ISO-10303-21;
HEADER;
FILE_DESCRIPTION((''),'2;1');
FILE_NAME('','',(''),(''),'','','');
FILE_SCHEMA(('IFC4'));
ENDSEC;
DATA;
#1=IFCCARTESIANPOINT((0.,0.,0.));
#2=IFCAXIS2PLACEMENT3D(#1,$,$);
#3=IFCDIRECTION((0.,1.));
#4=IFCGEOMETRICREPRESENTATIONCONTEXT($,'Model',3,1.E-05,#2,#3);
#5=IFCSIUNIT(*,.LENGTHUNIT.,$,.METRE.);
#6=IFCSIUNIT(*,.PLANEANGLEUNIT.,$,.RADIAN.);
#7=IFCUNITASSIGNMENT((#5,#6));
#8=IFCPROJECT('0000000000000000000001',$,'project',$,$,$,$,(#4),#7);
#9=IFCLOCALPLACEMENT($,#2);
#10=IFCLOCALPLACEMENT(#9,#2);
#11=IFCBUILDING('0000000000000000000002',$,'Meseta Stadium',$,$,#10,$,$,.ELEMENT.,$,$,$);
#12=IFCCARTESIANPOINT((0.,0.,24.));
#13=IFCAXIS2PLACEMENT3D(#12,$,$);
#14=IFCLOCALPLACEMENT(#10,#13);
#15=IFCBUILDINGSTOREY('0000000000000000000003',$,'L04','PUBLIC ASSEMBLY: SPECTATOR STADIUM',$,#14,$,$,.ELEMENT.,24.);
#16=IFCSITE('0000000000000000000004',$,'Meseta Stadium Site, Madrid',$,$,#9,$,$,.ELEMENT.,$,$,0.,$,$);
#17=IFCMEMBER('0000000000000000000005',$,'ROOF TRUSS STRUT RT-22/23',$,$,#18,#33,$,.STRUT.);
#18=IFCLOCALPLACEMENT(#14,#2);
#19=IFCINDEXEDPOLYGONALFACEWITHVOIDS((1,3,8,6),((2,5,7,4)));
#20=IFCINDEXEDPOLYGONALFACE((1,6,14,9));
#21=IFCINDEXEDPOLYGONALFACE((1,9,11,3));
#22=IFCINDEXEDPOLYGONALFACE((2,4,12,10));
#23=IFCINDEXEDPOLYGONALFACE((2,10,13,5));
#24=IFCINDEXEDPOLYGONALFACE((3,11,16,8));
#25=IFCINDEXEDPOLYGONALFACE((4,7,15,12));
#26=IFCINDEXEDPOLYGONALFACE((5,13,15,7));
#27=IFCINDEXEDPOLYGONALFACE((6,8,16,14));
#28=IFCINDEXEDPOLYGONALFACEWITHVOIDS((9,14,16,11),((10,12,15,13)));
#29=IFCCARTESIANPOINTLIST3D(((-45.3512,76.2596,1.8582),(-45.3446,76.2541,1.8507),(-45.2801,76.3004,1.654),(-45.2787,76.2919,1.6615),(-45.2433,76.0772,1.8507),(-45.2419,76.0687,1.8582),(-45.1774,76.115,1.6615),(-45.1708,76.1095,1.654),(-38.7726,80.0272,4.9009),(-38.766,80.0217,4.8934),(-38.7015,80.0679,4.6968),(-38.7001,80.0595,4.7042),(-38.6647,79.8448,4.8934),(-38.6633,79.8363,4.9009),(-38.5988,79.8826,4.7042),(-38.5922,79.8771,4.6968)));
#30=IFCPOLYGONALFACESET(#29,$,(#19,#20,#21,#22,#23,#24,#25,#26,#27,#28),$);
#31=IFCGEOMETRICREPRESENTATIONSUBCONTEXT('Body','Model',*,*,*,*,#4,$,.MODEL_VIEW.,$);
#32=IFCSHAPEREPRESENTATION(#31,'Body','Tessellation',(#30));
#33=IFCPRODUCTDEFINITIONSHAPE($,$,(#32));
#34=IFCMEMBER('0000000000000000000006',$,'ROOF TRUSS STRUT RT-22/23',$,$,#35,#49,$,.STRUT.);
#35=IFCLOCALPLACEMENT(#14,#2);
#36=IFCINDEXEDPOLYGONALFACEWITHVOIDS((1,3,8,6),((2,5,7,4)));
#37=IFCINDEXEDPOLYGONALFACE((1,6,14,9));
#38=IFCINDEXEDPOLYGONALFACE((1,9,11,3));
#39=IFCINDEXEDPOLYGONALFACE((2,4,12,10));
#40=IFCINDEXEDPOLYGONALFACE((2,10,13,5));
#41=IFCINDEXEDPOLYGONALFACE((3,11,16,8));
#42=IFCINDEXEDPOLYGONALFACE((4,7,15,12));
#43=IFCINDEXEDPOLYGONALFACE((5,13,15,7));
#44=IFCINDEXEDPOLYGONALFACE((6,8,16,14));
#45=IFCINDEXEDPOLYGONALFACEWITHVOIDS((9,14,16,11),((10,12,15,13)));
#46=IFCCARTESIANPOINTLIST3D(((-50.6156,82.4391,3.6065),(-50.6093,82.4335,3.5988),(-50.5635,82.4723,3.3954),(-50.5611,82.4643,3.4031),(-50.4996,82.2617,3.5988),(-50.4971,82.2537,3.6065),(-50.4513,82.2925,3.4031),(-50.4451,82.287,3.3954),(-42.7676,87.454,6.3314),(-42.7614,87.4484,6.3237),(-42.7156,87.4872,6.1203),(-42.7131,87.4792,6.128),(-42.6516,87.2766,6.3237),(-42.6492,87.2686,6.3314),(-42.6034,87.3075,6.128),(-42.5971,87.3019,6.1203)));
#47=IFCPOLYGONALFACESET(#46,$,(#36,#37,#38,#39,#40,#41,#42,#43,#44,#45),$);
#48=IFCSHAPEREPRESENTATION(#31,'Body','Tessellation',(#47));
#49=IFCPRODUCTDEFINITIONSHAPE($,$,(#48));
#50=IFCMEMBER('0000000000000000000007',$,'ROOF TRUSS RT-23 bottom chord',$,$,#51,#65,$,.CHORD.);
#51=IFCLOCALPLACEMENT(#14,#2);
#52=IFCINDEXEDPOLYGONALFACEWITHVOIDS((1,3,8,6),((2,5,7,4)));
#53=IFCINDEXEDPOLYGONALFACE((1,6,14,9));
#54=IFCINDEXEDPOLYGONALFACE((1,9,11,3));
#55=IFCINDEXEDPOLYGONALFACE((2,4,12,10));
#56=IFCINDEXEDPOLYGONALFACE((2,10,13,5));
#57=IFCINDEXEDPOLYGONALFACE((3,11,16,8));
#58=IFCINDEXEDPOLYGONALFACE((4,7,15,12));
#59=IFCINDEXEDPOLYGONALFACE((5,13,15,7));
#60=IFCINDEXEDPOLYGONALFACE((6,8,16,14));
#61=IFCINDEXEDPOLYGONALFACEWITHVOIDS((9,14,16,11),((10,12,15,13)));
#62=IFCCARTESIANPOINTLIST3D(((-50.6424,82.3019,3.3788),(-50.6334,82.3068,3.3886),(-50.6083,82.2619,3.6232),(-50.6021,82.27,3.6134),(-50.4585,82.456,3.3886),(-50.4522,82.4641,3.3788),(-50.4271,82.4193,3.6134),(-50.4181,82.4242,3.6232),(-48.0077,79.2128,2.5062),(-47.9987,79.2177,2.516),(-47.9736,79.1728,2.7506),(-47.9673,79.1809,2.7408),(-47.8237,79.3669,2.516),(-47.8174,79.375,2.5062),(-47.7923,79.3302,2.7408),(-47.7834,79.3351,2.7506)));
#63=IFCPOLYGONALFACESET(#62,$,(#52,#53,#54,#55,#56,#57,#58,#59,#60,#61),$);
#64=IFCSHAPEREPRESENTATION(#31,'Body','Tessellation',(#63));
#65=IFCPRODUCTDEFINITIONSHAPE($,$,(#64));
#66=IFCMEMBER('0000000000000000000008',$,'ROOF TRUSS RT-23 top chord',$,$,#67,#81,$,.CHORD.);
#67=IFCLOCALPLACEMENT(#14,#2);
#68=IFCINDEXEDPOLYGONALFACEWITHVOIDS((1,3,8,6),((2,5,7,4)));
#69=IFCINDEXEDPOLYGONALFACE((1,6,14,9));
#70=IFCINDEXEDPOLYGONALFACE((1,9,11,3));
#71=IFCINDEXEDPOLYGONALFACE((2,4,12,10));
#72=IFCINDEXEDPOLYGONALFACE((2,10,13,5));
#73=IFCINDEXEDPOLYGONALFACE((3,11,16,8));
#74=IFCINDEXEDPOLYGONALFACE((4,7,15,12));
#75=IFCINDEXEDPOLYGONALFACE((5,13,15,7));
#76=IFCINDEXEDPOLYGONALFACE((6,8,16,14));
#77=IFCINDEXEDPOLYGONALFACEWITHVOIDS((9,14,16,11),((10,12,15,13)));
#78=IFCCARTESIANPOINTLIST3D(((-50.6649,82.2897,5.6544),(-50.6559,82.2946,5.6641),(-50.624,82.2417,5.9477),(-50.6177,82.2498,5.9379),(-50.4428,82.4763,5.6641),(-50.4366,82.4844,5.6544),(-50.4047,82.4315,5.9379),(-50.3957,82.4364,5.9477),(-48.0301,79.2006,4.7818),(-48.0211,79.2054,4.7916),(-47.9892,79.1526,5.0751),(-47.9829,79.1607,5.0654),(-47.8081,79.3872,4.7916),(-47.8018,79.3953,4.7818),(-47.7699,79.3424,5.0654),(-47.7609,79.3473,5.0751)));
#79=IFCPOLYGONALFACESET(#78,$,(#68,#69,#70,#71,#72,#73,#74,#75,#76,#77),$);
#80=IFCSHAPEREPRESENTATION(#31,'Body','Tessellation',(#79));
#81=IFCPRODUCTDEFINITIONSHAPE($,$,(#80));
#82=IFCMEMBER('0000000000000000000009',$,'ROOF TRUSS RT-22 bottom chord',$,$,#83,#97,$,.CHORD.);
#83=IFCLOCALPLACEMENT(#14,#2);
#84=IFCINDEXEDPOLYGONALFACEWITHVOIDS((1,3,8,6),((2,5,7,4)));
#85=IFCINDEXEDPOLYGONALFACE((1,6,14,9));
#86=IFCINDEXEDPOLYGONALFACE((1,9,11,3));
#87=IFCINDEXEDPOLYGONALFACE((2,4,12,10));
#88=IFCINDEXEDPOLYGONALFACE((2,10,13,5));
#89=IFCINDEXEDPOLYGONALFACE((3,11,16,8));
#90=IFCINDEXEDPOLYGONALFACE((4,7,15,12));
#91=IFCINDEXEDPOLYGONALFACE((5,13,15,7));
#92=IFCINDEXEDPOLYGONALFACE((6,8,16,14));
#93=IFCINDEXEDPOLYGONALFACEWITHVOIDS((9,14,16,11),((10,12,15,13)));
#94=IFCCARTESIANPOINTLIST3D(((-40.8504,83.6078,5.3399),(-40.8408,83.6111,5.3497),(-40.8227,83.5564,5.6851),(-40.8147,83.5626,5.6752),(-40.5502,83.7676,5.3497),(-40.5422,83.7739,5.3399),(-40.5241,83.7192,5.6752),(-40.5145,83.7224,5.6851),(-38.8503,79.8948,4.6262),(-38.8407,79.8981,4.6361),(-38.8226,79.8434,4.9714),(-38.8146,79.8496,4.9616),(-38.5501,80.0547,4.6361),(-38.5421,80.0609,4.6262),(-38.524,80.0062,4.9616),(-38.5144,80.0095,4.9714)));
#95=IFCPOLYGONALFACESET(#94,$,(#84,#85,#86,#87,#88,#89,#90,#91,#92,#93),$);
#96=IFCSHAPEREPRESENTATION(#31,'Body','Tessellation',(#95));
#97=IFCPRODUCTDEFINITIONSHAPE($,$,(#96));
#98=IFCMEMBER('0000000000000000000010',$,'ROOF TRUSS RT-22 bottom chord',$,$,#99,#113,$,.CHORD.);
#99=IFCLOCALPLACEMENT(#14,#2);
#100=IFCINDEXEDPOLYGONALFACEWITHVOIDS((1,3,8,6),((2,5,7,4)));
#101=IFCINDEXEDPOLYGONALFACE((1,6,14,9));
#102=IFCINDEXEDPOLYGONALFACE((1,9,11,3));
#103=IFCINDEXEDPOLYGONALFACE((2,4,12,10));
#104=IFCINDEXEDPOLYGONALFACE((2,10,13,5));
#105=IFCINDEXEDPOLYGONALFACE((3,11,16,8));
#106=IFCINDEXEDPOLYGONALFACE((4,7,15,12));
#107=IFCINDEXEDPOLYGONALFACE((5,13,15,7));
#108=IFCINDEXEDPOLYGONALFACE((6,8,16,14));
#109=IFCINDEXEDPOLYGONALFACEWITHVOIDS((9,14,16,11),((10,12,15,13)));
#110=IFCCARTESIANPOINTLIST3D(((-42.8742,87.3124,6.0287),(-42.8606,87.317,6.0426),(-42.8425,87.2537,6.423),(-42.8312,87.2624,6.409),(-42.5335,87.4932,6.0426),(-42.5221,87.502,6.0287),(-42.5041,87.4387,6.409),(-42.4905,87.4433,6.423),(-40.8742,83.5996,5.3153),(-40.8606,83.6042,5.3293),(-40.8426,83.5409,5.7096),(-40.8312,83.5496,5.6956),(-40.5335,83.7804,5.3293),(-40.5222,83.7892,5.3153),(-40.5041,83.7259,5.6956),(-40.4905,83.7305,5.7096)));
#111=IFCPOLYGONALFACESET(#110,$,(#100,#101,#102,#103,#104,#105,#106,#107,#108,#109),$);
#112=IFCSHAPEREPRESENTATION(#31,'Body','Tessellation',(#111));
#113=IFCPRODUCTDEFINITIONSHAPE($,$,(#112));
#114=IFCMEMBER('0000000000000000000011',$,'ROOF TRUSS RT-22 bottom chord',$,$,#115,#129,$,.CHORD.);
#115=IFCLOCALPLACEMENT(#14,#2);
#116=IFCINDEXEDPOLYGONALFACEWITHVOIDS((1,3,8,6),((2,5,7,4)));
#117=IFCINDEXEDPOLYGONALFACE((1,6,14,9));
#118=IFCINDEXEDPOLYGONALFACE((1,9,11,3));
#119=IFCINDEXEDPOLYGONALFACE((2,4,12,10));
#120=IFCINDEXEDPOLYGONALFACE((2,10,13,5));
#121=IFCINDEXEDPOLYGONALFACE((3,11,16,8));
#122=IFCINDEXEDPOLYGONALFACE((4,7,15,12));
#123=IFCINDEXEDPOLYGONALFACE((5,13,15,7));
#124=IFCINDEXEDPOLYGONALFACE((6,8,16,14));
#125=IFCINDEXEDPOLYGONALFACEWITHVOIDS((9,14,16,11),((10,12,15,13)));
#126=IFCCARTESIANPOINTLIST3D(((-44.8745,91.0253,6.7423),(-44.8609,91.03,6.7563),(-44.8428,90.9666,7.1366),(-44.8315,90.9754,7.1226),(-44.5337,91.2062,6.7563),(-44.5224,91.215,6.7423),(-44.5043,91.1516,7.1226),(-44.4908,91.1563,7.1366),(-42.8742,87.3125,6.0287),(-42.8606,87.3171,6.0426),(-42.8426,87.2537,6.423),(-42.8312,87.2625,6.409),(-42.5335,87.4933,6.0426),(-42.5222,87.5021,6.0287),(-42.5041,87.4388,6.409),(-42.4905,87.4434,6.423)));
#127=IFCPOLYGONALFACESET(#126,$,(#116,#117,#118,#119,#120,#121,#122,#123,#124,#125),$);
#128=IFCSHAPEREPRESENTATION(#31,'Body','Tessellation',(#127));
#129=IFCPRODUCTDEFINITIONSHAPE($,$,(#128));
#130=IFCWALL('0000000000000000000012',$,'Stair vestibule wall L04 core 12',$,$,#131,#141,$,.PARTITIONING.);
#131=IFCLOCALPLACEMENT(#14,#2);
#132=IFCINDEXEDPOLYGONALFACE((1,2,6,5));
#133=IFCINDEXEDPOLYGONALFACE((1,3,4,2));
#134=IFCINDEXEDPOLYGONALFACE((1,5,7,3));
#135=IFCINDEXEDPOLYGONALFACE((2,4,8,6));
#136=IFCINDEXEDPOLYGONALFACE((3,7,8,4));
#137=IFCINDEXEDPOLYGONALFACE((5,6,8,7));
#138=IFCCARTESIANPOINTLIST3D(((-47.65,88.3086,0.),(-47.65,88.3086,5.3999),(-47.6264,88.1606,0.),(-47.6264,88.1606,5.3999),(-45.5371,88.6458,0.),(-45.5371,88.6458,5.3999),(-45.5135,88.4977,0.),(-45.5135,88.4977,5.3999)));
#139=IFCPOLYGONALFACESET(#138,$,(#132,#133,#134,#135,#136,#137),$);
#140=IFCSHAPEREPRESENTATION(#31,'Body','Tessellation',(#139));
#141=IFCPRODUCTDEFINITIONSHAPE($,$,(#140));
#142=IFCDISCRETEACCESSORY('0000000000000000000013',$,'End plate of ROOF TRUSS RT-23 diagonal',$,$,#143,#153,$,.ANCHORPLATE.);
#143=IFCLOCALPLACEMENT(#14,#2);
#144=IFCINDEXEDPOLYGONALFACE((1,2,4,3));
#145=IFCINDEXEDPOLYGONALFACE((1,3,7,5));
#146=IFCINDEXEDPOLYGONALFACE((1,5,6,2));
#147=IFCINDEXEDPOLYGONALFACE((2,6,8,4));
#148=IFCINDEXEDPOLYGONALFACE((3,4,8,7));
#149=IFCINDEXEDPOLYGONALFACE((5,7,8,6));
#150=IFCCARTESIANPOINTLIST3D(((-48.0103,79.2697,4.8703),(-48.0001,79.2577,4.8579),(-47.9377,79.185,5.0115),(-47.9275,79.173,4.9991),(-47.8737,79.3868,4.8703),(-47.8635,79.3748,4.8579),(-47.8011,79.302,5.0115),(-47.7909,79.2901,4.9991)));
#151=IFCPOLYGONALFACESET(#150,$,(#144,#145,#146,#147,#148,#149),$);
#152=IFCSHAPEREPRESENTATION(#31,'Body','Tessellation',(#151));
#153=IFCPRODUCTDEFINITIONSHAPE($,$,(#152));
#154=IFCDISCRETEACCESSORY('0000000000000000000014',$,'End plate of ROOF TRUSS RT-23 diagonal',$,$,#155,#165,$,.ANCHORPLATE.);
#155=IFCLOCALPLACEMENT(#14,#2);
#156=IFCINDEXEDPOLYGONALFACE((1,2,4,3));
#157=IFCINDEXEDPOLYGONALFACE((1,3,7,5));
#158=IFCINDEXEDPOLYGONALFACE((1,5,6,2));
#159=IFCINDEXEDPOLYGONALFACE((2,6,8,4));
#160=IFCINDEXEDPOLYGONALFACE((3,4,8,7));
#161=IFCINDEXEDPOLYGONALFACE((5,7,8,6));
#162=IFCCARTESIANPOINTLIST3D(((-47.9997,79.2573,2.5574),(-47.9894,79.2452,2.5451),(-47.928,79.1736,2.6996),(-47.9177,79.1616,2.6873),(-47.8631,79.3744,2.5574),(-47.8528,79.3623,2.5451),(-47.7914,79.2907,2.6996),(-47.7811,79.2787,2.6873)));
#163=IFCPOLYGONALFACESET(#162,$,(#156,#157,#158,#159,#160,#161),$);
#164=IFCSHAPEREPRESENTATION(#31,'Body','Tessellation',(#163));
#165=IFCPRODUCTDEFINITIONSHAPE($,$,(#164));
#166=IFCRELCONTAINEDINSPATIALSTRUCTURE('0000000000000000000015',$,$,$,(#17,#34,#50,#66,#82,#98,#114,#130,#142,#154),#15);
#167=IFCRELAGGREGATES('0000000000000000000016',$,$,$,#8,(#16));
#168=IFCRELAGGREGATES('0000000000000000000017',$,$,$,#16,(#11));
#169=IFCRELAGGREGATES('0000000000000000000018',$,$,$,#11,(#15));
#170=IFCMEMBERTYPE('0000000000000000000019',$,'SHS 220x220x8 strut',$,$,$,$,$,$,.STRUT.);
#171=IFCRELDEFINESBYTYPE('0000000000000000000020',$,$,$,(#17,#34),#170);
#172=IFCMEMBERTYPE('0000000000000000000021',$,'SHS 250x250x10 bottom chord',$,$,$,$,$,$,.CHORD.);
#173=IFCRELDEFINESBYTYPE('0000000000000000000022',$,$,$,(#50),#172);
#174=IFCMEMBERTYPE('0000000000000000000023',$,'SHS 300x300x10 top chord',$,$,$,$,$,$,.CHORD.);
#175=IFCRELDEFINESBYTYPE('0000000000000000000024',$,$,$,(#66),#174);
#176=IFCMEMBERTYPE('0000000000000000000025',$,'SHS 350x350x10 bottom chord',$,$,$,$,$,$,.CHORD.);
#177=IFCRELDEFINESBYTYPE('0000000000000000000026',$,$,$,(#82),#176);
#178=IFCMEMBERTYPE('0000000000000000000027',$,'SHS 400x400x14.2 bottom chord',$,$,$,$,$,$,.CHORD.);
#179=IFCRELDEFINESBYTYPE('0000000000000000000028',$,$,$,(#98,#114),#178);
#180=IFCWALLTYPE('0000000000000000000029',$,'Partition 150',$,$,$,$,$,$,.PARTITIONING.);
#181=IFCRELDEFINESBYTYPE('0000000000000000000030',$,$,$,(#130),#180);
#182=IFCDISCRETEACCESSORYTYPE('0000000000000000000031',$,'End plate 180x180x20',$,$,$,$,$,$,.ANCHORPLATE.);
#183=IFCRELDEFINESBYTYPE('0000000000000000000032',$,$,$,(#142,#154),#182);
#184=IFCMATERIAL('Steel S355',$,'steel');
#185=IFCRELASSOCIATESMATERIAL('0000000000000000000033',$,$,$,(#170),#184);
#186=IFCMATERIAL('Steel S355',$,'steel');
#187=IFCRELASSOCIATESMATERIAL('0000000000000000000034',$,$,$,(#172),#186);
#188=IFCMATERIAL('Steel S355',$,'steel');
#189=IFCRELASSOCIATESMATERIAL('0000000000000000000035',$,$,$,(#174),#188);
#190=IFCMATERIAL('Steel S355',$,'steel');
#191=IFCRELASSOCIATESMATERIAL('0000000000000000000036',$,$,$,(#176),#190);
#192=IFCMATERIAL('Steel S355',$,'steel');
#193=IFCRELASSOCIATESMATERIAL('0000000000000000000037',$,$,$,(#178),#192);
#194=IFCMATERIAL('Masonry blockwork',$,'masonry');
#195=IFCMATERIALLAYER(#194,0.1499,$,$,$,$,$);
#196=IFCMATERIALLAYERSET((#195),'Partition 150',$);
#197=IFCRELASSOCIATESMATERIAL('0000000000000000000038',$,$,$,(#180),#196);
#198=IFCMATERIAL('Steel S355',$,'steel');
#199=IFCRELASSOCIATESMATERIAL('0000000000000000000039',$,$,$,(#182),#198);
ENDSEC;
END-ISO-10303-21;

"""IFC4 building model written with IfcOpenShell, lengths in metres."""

from ifc_helpers import new_model, si_unit, direction, frame, frame_2d, origin, origin_2d, place, context, subcontext, project, spatial, rectangle, hollow_rectangle, extrude, material, layer, layer_set, material_profile, profile_set, type_object, element, save


model = new_model("IFC4")

# Units and contexts
model_context = context("Model", 3, precision=1e-05, world=origin(), true_north=direction((0.0, 1.0)))
body_context = subcontext(model_context, "Body", "Model", "MODEL_VIEW")
ifc_project = project(units=[si_unit("LENGTHUNIT", "METRE"), si_unit("PLANEANGLEUNIT", "RADIAN")], contexts=[model_context])

# Site, building, storey
site_placement = place(None, origin())
site = spatial("IfcSite", under=ifc_project, at=site_placement, Name="Meseta Stadium Site, Madrid", CompositionType="ELEMENT", RefElevation=0.0)
building_placement = place(site_placement, origin())
building = spatial("IfcBuilding", under=site, at=building_placement, Name="Meseta Stadium", CompositionType="ELEMENT")
storey_placement = place(building_placement, frame((0.0, 0.0, 24.0)))
storey = spatial("IfcBuildingStorey", under=building, at=storey_placement, Name="L04", Description="PUBLIC ASSEMBLY: SPECTATOR STADIUM", CompositionType="ELEMENT", Elevation=24.0)

# Members
ifc_material_1 = material(Name="Steel S355", Category="steel")
ifc_material_profile_1 = material_profile(ifc_material_1, hollow_rectangle(XDim=0.22, YDim=0.22, WallThickness=0.0081, at=origin_2d()), Name="SHS 220x220x8")
ifc_profile_set_1 = profile_set([ifc_material_profile_1], Name="Steel S355")
member_type_1 = type_object("IfcMemberType", Name="SHS 220x220x8 strut", PredefinedType="STRUT", material=ifc_profile_set_1)
member_1_placement = place(storey_placement, frame((-38.6824, 79.9521, 4.7988), z_axis=(-0.805324, -0.46121, -0.372477), x_axis=(0.496971, -0.867767, 0.0)))
element("IfcMember", 1, at=member_1_placement, inside=storey, type_object=member_type_1, Name="ROOF TRUSS STRUT RT-22/23", PredefinedType="STRUT", context=body_context, shape_type="SweptSolid", body=[
    extrude(hollow_rectangle(XDim=0.22, YDim=0.22, WallThickness=0.0081, at=origin_2d()), origin(), (0.0, 0.0, 1.0), 8.1689),
])
member_2_placement = place(storey_placement, frame((-42.6824, 87.3779, 6.2258), z_axis=(-0.808746, -0.516797, -0.280803), x_axis=(0.538462, -0.84265, 0.0)))
element("IfcMember", 2, at=member_2_placement, inside=storey, type_object=member_type_1, Name="ROOF TRUSS STRUT RT-22/23", PredefinedType="STRUT", context=body_context, shape_type="SweptSolid", body=[
    extrude(hollow_rectangle(XDim=0.22, YDim=0.22, WallThickness=0.0081, at=origin_2d()), origin(), (0.0, 0.0, 1.0), 9.7039),
])
ifc_material_2 = material(Name="Steel S355", Category="steel")
ifc_material_profile_2 = material_profile(ifc_material_2, hollow_rectangle(XDim=0.25, YDim=0.25, WallThickness=0.01, at=origin_2d()), Name="SHS 250x250x10")
ifc_profile_set_2 = profile_set([ifc_material_profile_2], Name="Steel S355")
member_type_2 = type_object("IfcMemberType", Name="SHS 250x250x10 bottom chord", PredefinedType="CHORD", material=ifc_profile_set_2)
member_3_placement = place(storey_placement, frame((-47.8955, 79.2739, 2.6284), z_axis=(-0.634451, 0.743858, 0.210112), x_axis=(-0.760842, -0.648937, 0.0)))
element("IfcMember", 3, at=member_3_placement, inside=storey, type_object=member_type_2, Name="ROOF TRUSS RT-23 bottom chord", PredefinedType="CHORD", context=body_context, shape_type="SweptSolid", body=[
    extrude(hollow_rectangle(XDim=0.25, YDim=0.25, WallThickness=0.01, at=origin_2d()), origin(), (0.0, 0.0, 1.0), 4.1528),
])
ifc_material_3 = material(Name="Steel S355", Category="steel")
ifc_material_profile_3 = material_profile(ifc_material_3, hollow_rectangle(XDim=0.3, YDim=0.3, WallThickness=0.01, at=origin_2d()), Name="SHS 300x300x10")
ifc_profile_set_3 = profile_set([ifc_material_profile_3], Name="Steel S355")
member_type_3 = type_object("IfcMemberType", Name="SHS 300x300x10 top chord", PredefinedType="CHORD", material=ifc_profile_set_3)
member_4_placement = place(storey_placement, frame((-47.8955, 79.2739, 4.9285), z_axis=(-0.634451, 0.743858, 0.210112), x_axis=(-0.760842, -0.648937, 0.0)))
element("IfcMember", 4, at=member_4_placement, inside=storey, type_object=member_type_3, Name="ROOF TRUSS RT-23 top chord", PredefinedType="CHORD", context=body_context, shape_type="SweptSolid", body=[
    extrude(hollow_rectangle(XDim=0.3, YDim=0.3, WallThickness=0.01, at=origin_2d()), origin(), (0.0, 0.0, 1.0), 4.1528),
])
ifc_material_4 = material(Name="Steel S355", Category="steel")
ifc_material_profile_4 = material_profile(ifc_material_4, hollow_rectangle(XDim=0.3501, YDim=0.3501, WallThickness=0.01, at=origin_2d()), Name="SHS 350x350x10")
ifc_profile_set_4 = profile_set([ifc_material_profile_4], Name="Steel S355")
member_type_4 = type_object("IfcMemberType", Name="SHS 350x350x10 bottom chord", PredefinedType="CHORD", material=ifc_profile_set_4)
member_5_placement = place(storey_placement, frame((-38.6824, 79.9521, 4.7988), z_axis=(-0.467591, 0.868057, 0.166842), x_axis=(-0.880397, -0.474238, 0.0)))
element("IfcMember", 5, at=member_5_placement, inside=storey, type_object=member_type_4, Name="ROOF TRUSS RT-22 bottom chord", PredefinedType="CHORD", context=body_context, shape_type="SweptSolid", body=[
    extrude(hollow_rectangle(XDim=0.3501, YDim=0.3501, WallThickness=0.01, at=origin_2d()), origin(), (0.0, 0.0, 1.0), 4.2773),
])
ifc_material_5 = material(Name="Steel S355", Category="steel")
ifc_material_profile_5 = material_profile(ifc_material_5, hollow_rectangle(XDim=0.3999, YDim=0.3999, WallThickness=0.0142, at=origin_2d()), Name="SHS 400x400x14.2")
ifc_profile_set_5 = profile_set([ifc_material_profile_5], Name="Steel S355")
member_type_5 = type_object("IfcMemberType", Name="SHS 400x400x14.2 bottom chord", PredefinedType="CHORD", material=ifc_profile_set_5)
member_6_placement = place(storey_placement, frame((-40.6824, 83.665, 5.5125), z_axis=(-0.467595, 0.868065, 0.166786), x_axis=(-0.880397, -0.474238, 0.0)))
element("IfcMember", 6, at=member_6_placement, inside=storey, type_object=member_type_5, Name="ROOF TRUSS RT-22 bottom chord", PredefinedType="CHORD", context=body_context, shape_type="SweptSolid", body=[
    extrude(hollow_rectangle(XDim=0.3999, YDim=0.3999, WallThickness=0.0142, at=origin_2d()), origin(), (0.0, 0.0, 1.0), 4.2771),
])
member_7_placement = place(storey_placement, frame((-42.6824, 87.3779, 6.2258), z_axis=(-0.467635, 0.868034, 0.166837), x_axis=(-0.880373, -0.474283, 0.0)))
element("IfcMember", 7, at=member_7_placement, inside=storey, type_object=member_type_5, Name="ROOF TRUSS RT-22 bottom chord", PredefinedType="CHORD", context=body_context, shape_type="SweptSolid", body=[
    extrude(hollow_rectangle(XDim=0.3999, YDim=0.3999, WallThickness=0.0142, at=origin_2d()), origin(), (0.0, 0.0, 1.0), 4.2773),
])

# Wall
ifc_material_6 = material(Name="Masonry blockwork", Category="masonry")
ifc_layer = layer(ifc_material_6, 0.1499)
ifc_layer_set = layer_set([ifc_layer], Name="Partition 150")
wall_type = type_object("IfcWallType", Name="Partition 150", PredefinedType="PARTITIONING", material=ifc_layer_set)
wall_placement = place(storey_placement, frame((-47.6382, 88.2346, 0.0), z_axis=(0.0, 0.0, 1.0), x_axis=(0.987508, 0.157568, 0.0)))
element("IfcWall", 8, at=wall_placement, inside=storey, type_object=wall_type, Name="Stair vestibule wall L04 core 12", PredefinedType="PARTITIONING", context=body_context, shape_type="SweptSolid", body=[
    extrude(rectangle(XDim=2.1396, YDim=0.1499, at=frame_2d((1.0698, 0.0))), origin(), (0.0, 0.0, 1.0), 5.3999),
])

# Discrete accessories
ifc_material_7 = material(Name="Steel S355", Category="steel")
ifc_material_profile_6 = material_profile(ifc_material_7, rectangle(XDim=0.1799, YDim=0.1799, at=origin_2d()), Name="PL 180x180")
ifc_profile_set_6 = profile_set([ifc_material_profile_6], Name="Steel S355")
discrete_accessory_type_1 = type_object("IfcDiscreteAccessoryType", Name="End plate 180x180x20", PredefinedType="ANCHORPLATE", material=ifc_profile_set_6)
for number, where, z_axis, x_axis, name in (
    (9, (-47.8955, 79.2739, 4.9285), (-0.510603, 0.595703, 0.620018), (-0.759257, -0.650791, 0.0), "End plate of ROOF TRUSS RT-23 diagonal"),
    (10, (-47.8853, 79.262, 2.6162), (-0.514457, 0.6002, 0.612449), (-0.759257, -0.650791, 0.0), "End plate of ROOF TRUSS RT-23 diagonal"),
):
    element("IfcDiscreteAccessory", number, at=place(storey_placement, frame(where, z_axis=z_axis, x_axis=x_axis)), inside=storey, type_object=discrete_accessory_type_1, Name=name, PredefinedType="ANCHORPLATE", context=body_context, shape_type="SweptSolid", body=[
        extrude(rectangle(XDim=0.1799, YDim=0.1799, at=origin_2d()), origin(), (0.0, 0.0, 1.0), 0.02),
    ])

save(model, "model.ifc")
